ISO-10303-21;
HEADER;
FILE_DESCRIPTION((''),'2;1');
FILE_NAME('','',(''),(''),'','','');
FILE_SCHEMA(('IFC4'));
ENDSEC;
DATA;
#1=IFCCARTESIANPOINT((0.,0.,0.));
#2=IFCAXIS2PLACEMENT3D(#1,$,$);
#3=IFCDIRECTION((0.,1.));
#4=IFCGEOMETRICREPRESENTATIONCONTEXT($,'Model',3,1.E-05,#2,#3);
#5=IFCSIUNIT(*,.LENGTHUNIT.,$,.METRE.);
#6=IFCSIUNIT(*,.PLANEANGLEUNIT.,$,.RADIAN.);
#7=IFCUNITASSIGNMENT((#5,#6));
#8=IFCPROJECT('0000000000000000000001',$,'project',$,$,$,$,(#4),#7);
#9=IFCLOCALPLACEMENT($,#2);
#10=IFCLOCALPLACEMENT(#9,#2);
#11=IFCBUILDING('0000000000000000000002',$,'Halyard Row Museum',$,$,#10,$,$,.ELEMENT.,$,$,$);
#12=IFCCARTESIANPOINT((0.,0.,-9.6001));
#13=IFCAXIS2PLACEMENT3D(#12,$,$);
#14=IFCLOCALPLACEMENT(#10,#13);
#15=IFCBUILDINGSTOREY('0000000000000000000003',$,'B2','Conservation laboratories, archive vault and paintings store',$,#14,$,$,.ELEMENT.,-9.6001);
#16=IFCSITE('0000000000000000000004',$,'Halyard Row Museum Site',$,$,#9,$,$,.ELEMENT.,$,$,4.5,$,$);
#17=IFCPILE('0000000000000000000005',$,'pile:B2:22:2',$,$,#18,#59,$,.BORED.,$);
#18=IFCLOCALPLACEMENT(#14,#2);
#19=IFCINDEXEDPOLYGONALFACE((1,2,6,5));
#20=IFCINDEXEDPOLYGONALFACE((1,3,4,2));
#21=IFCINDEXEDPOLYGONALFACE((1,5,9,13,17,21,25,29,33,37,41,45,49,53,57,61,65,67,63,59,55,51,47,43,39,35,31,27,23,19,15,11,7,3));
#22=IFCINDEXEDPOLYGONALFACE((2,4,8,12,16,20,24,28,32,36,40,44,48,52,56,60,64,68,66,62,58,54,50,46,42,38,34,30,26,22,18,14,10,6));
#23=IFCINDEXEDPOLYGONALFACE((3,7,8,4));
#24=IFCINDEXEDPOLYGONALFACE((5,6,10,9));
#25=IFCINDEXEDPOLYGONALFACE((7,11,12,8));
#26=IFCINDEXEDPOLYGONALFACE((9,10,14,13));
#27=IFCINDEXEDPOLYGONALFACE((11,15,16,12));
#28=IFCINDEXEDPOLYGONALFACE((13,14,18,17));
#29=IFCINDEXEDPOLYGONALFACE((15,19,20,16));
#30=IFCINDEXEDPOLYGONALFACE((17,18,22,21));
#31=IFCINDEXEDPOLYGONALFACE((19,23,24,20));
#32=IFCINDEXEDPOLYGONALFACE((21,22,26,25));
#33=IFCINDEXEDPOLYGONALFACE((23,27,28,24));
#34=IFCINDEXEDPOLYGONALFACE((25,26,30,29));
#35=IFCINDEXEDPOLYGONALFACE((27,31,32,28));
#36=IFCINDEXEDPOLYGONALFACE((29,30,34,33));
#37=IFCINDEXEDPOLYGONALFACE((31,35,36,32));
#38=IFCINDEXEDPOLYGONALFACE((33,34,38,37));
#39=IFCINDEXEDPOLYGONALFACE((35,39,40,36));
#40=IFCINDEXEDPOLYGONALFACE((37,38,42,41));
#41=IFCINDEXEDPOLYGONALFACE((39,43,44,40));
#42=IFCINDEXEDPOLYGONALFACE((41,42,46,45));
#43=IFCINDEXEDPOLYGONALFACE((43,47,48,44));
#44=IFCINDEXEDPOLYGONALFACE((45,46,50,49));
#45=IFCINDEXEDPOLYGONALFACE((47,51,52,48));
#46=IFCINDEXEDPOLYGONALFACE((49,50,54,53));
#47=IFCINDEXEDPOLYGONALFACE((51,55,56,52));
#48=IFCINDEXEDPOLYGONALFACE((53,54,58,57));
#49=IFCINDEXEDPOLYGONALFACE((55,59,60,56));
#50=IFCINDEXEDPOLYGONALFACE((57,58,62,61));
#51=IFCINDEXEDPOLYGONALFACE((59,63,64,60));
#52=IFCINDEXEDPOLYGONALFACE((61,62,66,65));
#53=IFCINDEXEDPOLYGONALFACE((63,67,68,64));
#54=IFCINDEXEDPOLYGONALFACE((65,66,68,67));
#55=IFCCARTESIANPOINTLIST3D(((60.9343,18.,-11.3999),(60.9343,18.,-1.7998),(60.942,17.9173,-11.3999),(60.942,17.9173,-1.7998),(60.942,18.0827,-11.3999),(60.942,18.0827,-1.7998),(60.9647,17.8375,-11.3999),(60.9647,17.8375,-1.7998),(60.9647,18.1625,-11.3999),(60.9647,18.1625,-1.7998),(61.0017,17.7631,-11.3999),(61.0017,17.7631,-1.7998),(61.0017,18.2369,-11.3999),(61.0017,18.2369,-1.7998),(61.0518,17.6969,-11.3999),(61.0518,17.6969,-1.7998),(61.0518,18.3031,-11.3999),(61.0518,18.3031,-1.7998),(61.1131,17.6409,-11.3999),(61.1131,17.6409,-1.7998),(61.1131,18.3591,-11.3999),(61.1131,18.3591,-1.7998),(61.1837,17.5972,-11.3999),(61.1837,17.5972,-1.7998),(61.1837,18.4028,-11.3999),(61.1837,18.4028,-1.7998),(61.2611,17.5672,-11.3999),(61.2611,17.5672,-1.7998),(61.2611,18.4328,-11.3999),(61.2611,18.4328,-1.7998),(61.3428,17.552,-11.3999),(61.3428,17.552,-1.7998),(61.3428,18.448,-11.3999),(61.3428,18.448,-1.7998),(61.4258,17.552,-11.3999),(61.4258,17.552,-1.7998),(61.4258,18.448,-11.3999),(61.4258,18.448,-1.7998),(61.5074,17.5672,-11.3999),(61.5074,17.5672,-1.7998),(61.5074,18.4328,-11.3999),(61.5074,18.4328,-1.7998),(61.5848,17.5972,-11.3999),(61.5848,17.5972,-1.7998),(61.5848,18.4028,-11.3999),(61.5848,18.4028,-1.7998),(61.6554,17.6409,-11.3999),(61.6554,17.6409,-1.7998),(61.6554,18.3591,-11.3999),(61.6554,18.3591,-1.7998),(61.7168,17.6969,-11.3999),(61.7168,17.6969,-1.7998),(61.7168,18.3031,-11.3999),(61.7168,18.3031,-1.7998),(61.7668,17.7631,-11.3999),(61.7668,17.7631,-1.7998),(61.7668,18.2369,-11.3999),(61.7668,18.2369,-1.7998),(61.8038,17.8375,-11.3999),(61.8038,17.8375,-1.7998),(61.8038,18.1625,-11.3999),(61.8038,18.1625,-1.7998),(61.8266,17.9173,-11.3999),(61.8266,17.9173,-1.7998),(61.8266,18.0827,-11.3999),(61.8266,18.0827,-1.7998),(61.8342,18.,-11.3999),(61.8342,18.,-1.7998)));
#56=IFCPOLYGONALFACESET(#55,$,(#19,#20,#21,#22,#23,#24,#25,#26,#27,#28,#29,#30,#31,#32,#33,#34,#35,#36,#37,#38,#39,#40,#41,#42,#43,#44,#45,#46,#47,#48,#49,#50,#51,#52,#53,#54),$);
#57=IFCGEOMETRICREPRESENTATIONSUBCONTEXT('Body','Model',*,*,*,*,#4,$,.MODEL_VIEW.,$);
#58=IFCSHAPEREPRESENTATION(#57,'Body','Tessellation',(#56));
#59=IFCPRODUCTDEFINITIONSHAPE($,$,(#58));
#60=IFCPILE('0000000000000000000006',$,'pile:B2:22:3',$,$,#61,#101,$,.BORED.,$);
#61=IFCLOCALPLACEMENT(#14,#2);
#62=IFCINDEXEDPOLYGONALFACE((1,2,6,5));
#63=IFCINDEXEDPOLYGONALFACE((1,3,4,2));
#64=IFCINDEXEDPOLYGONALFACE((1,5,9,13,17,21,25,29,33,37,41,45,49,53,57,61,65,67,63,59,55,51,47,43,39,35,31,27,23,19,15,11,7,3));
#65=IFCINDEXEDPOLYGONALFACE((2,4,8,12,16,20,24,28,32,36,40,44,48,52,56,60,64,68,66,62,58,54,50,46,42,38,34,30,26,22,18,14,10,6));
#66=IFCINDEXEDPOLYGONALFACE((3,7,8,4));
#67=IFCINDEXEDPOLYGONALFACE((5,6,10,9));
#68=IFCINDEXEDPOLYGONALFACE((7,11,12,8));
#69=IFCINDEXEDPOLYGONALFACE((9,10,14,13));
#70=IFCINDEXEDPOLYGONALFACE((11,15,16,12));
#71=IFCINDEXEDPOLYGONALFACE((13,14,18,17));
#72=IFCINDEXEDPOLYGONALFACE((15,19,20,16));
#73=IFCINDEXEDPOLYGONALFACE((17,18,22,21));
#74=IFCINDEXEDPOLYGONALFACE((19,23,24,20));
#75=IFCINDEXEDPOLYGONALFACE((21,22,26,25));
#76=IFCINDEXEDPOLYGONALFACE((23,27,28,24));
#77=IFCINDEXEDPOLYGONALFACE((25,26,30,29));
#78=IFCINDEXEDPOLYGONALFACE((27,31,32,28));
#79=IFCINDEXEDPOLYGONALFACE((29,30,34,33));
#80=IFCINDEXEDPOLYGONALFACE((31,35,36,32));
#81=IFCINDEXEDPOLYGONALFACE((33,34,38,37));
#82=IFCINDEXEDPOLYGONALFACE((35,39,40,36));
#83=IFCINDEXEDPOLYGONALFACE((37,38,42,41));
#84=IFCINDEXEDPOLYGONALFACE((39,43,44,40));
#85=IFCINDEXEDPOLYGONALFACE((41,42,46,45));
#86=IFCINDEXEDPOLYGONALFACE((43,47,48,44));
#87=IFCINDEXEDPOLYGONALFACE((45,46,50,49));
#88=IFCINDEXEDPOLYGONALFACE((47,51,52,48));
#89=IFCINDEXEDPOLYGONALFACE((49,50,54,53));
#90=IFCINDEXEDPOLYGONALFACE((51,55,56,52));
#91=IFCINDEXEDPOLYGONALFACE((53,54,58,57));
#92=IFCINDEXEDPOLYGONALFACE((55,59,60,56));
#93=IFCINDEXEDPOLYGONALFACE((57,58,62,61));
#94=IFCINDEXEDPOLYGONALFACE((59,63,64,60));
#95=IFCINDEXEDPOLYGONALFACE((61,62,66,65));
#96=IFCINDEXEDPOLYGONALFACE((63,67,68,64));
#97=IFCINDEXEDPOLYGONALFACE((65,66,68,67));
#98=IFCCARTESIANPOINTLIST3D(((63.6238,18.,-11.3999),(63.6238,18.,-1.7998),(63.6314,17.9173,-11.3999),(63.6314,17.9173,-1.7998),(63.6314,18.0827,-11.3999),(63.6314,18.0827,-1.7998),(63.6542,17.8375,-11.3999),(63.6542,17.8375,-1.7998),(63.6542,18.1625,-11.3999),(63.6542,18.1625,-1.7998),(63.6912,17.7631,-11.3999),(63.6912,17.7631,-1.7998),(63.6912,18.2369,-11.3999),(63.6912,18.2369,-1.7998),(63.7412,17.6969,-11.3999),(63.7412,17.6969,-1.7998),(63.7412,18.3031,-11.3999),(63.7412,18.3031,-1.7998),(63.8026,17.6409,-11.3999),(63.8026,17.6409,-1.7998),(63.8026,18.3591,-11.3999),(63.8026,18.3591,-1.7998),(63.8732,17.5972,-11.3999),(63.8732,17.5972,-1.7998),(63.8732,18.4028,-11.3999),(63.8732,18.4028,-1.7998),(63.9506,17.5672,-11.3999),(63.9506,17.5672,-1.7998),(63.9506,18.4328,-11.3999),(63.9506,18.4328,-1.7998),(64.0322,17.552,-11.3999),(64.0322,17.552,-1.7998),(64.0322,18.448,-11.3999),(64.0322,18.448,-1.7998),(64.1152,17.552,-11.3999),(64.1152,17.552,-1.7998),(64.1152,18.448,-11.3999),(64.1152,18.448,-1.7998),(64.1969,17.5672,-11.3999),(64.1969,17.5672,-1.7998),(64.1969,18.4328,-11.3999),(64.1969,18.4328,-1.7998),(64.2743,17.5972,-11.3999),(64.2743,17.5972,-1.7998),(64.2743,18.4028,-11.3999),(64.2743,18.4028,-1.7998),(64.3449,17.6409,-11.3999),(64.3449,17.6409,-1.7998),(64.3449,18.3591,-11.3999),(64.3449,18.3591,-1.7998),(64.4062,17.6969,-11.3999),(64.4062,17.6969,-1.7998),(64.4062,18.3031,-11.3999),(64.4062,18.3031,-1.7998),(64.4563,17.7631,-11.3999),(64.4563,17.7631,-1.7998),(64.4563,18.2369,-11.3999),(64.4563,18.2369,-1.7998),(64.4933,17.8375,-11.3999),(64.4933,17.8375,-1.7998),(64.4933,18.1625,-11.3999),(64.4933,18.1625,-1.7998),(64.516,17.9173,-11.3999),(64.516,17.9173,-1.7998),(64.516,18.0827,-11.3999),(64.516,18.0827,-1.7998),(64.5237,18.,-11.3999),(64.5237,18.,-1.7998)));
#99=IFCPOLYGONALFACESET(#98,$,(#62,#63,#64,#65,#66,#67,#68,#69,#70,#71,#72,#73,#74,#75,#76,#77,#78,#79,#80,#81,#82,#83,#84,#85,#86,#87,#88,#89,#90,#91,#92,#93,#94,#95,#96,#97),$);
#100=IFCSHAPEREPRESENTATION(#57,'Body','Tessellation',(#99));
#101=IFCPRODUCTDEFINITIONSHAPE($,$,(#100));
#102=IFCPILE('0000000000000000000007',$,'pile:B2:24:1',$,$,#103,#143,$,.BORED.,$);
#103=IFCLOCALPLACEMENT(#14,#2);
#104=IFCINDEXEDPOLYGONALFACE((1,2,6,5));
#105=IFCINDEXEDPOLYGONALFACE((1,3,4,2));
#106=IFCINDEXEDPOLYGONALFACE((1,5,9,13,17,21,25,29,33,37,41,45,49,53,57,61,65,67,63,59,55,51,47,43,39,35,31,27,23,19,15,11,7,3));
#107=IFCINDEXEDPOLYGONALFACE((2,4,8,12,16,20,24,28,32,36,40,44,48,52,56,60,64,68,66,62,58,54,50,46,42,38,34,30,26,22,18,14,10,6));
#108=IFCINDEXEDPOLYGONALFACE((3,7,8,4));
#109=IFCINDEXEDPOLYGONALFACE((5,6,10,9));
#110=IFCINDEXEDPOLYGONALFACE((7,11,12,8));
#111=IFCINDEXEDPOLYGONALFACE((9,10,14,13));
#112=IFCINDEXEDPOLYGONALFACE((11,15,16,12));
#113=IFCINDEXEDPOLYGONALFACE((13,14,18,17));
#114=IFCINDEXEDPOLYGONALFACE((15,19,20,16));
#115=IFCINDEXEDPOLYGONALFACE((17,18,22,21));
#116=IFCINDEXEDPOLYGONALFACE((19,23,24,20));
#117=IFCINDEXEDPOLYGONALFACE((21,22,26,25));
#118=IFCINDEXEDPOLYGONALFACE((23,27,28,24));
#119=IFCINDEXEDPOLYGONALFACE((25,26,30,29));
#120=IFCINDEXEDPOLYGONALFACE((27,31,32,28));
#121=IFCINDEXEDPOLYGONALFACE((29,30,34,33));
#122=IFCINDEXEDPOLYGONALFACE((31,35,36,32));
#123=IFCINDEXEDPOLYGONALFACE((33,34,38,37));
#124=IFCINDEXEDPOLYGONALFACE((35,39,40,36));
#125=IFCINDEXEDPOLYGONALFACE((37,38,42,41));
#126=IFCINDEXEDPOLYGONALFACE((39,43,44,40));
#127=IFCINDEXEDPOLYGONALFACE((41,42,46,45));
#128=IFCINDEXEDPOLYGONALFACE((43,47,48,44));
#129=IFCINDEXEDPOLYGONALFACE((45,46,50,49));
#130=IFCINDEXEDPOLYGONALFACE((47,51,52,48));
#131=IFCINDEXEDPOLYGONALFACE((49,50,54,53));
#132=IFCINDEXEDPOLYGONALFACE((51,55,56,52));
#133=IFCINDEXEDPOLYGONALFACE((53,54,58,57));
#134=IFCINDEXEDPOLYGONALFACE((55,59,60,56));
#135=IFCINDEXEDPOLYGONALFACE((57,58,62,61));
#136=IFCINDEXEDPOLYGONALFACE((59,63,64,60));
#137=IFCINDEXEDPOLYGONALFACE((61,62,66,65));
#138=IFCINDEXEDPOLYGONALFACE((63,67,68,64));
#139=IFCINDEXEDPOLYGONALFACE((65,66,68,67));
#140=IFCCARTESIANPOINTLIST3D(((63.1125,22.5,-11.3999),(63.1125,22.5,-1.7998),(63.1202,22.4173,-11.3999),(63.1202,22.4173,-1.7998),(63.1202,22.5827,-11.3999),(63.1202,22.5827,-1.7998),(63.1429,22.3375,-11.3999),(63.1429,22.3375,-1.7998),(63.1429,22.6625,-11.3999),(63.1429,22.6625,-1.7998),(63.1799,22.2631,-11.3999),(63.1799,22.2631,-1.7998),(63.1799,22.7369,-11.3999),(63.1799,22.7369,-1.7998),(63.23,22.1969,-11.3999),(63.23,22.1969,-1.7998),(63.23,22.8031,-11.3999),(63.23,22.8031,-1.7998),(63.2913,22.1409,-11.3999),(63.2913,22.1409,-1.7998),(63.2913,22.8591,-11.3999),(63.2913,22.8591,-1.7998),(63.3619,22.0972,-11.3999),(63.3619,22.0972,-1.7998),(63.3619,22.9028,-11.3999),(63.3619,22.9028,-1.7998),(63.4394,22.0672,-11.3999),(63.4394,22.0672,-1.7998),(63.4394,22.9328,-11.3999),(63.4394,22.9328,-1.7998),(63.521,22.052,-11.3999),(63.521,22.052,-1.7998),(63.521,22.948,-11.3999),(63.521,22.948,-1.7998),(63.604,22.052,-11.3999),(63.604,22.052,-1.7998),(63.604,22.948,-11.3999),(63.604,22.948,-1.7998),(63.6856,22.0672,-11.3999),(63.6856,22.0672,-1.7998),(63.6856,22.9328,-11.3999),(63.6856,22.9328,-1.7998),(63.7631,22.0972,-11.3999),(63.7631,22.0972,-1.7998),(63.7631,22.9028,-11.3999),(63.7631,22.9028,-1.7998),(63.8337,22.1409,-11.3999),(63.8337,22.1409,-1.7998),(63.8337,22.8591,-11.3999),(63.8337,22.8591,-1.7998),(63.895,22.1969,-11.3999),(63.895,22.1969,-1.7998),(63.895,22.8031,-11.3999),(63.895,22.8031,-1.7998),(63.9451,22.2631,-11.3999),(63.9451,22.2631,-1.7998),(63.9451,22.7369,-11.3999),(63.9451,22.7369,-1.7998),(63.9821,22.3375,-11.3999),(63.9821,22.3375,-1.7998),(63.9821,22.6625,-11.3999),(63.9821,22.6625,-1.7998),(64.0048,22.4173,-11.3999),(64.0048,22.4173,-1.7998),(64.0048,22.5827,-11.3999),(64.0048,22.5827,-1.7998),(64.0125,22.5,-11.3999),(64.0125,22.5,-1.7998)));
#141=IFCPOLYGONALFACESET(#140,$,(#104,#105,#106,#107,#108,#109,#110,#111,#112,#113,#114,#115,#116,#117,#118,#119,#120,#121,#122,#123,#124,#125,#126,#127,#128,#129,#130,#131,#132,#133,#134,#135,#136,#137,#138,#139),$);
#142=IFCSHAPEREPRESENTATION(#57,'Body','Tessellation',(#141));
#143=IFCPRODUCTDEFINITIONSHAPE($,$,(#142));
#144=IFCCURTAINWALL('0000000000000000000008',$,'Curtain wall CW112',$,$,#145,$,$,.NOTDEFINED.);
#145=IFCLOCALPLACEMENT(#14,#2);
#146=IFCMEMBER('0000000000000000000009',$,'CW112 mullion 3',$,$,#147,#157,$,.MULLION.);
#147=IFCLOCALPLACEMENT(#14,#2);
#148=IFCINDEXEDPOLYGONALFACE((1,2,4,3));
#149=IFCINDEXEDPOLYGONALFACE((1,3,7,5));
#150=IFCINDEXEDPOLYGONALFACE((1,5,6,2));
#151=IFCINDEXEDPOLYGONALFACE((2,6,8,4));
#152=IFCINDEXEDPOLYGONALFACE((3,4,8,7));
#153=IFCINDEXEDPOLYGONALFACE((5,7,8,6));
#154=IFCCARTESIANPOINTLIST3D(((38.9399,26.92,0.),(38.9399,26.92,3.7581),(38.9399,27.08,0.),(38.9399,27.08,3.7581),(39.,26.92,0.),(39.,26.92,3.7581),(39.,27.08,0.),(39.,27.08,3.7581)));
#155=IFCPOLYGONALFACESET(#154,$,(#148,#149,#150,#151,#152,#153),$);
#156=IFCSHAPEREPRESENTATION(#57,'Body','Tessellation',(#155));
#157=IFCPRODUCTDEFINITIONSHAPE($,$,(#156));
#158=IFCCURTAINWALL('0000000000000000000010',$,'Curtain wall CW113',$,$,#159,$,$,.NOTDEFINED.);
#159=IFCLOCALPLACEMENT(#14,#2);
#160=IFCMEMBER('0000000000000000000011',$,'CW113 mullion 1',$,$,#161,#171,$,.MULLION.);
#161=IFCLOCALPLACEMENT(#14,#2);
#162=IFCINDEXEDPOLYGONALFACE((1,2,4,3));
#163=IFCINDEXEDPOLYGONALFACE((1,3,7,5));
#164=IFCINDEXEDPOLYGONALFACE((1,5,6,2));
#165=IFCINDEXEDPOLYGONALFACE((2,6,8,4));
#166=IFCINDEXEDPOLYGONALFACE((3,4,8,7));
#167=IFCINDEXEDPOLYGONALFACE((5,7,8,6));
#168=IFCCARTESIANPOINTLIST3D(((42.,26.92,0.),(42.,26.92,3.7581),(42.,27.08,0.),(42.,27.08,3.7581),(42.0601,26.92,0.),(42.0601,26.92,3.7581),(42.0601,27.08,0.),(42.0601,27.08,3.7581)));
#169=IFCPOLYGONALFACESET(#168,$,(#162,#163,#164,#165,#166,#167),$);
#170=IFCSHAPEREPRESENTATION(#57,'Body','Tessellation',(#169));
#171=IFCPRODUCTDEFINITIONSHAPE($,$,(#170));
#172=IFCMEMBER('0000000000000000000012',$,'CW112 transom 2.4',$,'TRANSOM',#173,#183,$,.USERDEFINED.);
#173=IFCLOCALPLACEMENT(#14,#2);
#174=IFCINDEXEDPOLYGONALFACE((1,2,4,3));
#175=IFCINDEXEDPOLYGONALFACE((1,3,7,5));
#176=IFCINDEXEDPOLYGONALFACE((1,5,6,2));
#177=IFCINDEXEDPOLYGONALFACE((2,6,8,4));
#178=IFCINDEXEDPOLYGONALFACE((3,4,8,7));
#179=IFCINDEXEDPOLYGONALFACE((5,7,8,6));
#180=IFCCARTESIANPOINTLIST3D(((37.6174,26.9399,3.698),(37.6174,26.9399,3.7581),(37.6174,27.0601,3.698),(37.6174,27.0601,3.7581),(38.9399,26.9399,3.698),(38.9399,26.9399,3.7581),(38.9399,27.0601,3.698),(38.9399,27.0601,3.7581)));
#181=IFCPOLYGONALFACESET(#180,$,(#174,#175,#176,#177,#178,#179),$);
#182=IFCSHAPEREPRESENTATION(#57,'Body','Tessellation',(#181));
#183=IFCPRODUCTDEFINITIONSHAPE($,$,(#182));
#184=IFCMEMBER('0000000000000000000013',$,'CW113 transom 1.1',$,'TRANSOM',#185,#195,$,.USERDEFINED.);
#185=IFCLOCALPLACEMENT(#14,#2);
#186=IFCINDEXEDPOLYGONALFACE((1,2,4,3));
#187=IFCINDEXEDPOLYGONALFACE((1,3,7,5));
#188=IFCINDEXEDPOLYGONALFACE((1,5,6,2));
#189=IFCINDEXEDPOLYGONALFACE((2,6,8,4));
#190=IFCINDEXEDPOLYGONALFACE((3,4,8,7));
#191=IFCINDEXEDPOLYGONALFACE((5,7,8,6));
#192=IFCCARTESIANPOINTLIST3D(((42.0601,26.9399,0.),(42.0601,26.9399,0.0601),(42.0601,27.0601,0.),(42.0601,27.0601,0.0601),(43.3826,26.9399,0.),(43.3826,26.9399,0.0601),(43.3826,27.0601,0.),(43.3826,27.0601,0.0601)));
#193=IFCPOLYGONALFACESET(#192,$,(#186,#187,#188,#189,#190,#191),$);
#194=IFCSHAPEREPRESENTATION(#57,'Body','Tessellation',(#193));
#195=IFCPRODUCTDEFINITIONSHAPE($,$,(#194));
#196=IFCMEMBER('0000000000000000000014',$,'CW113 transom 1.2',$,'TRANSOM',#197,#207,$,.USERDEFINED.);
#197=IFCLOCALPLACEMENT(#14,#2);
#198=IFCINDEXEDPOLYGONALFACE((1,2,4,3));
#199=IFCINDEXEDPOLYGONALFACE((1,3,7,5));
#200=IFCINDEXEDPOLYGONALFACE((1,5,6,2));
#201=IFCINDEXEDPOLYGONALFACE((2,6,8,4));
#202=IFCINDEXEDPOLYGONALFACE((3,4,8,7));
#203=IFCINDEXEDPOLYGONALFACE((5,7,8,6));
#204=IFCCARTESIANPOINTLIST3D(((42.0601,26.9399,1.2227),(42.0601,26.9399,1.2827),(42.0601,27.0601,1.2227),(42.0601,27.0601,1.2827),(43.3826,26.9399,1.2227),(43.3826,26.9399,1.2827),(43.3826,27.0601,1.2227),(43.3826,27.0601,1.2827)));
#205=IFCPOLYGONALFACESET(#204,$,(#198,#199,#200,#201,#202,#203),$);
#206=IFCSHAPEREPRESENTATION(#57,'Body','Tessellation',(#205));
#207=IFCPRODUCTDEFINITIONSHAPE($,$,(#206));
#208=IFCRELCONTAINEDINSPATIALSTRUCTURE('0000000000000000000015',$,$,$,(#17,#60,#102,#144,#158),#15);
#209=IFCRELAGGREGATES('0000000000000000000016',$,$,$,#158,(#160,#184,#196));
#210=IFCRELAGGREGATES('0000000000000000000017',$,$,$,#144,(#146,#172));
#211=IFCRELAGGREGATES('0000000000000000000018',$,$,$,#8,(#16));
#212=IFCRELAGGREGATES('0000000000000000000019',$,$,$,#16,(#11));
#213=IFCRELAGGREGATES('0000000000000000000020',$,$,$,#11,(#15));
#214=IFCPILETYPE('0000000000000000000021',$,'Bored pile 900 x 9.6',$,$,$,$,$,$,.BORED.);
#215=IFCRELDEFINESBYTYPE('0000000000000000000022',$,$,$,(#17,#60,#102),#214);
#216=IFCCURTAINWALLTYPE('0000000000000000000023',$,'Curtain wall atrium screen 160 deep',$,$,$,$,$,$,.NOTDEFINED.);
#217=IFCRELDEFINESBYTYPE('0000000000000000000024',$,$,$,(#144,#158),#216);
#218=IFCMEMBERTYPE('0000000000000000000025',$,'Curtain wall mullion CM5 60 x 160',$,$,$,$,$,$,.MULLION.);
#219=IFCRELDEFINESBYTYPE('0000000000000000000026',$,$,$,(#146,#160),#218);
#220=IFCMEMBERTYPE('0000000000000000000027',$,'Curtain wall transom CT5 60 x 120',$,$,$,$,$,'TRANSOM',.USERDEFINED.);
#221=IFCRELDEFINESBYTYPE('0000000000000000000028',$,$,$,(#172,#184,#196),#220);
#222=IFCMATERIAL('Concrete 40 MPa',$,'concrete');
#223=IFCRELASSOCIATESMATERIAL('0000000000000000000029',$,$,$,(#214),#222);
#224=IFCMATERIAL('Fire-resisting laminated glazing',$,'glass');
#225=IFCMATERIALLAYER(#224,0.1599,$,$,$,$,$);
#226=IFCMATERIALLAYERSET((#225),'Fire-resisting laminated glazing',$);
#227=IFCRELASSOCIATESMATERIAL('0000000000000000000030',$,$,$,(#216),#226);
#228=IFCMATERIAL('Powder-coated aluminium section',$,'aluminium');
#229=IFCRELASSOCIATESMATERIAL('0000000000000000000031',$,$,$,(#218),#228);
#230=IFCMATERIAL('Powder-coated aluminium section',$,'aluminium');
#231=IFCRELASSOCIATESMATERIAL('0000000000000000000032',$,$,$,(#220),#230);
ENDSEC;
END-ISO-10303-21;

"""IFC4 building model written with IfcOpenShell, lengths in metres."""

from ifc_helpers import new_model, si_unit, direction, frame, origin, origin_2d, place, context, subcontext, project, spatial, rectangle, circle, extrude, material, layer, layer_set, material_profile, profile_set, type_object, element, aggregate, save


model = new_model("IFC4")

# Units and contexts
model_context = context("Model", 3, precision=1e-05, world=origin(), true_north=direction((0.0, 1.0)))
body_context = subcontext(model_context, "Body", "Model", "MODEL_VIEW")
ifc_project = project(units=[si_unit("LENGTHUNIT", "METRE"), si_unit("PLANEANGLEUNIT", "RADIAN")], contexts=[model_context])

# Site, building, storey
site_placement = place(None, origin())
site = spatial("IfcSite", under=ifc_project, at=site_placement, Name="Halyard Row Museum Site", CompositionType="ELEMENT", RefElevation=4.5)
building_placement = place(site_placement, origin())
building = spatial("IfcBuilding", under=site, at=building_placement, Name="Halyard Row Museum", CompositionType="ELEMENT")
storey_placement = place(building_placement, frame((0.0, 0.0, -9.6001)))
storey = spatial("IfcBuildingStorey", under=building, at=storey_placement, Name="B2", Description="Conservation laboratories, archive vault and paintings store", CompositionType="ELEMENT", Elevation=-9.6001)

# Piles
ifc_material_1 = material(Name="Concrete 40 MPa", Category="concrete")
ifc_material_profile_1 = material_profile(ifc_material_1, circle(Radius=0.45, at=origin_2d()), Name="Bored pile 900 x 9.6")
ifc_profile_set_1 = profile_set([ifc_material_profile_1], Name="Concrete 40 MPa")
pile_type_1 = type_object("IfcPileType", Name="Bored pile 900 x 9.6", PredefinedType="BORED", material=ifc_profile_set_1)
for number, where, z_axis, x_axis, name in (
    (1, (61.3843, 18.0, -1.7998), (0.0, 0.0, -1.0), (1.0, 0.0, 0.0), "pile:B2:22:2"),
    (2, (64.0737, 18.0, -1.7998), (0.0, 0.0, -1.0), (1.0, 0.0, 0.0), "pile:B2:22:3"),
    (3, (63.5625, 22.5, -1.7998), (0.0, 0.0, -1.0), (1.0, 0.0, 0.0), "pile:B2:24:1"),
):
    element("IfcPile", number, at=place(storey_placement, frame(where, z_axis=z_axis, x_axis=x_axis)), inside=storey, type_object=pile_type_1, Name=name, PredefinedType="BORED", context=body_context, shape_type="SweptSolid", body=[
        extrude(circle(Radius=0.45, at=origin_2d()), origin(), (0.0, 0.0, 1.0), 9.6001),
    ])

# Curtain walls, members
ifc_material_2 = material(Name="Fire-resisting laminated glazing", Category="glass")
ifc_layer_1 = layer(ifc_material_2, 0.1599)
ifc_layer_set_1 = layer_set([ifc_layer_1], Name="Fire-resisting laminated glazing")
curtain_wall_type = type_object("IfcCurtainWallType", Name="Curtain wall atrium screen 160 deep", PredefinedType="NOTDEFINED", material=ifc_layer_set_1)
curtain_wall_1_placement = place(storey_placement, origin())
curtain_wall_1 = element("IfcCurtainWall", 4, at=curtain_wall_1_placement, inside=storey, type_object=curtain_wall_type, Name="Curtain wall CW112", PredefinedType="NOTDEFINED")
ifc_material_3 = material(Name="Powder-coated aluminium section", Category="aluminium")
ifc_material_profile_2 = material_profile(ifc_material_3, rectangle(XDim=0.1599, YDim=0.0601, at=origin_2d()), Name="160x60 mullion")
ifc_profile_set_2 = profile_set([ifc_material_profile_2], Name="Powder-coated aluminium section")
member_type_1 = type_object("IfcMemberType", Name="Curtain wall mullion CM5 60 x 160", PredefinedType="MULLION", material=ifc_profile_set_2)
member_1_placement = place(storey_placement, frame((38.97, 27.0, 0.0), z_axis=(0.0, 0.0, 1.0), x_axis=(0.0, 1.0, 0.0)))
member_1 = element("IfcMember", 5, at=member_1_placement, type_object=member_type_1, Name="CW112 mullion 3", PredefinedType="MULLION", context=body_context, shape_type="SweptSolid", body=[
    extrude(rectangle(XDim=0.1599, YDim=0.0601, at=origin_2d()), origin(), (0.0, 0.0, 1.0), 3.7581),
])
curtain_wall_2_placement = place(storey_placement, origin())
curtain_wall_2 = element("IfcCurtainWall", 6, at=curtain_wall_2_placement, inside=storey, type_object=curtain_wall_type, Name="Curtain wall CW113", PredefinedType="NOTDEFINED")
member_2_placement = place(storey_placement, frame((42.03, 27.0, 0.0), z_axis=(0.0, 0.0, 1.0), x_axis=(0.0, 1.0, 0.0)))
member_2 = element("IfcMember", 7, at=member_2_placement, type_object=member_type_1, Name="CW113 mullion 1", PredefinedType="MULLION", context=body_context, shape_type="SweptSolid", body=[
    extrude(rectangle(XDim=0.1599, YDim=0.0601, at=origin_2d()), origin(), (0.0, 0.0, 1.0), 3.7581),
])

# Members
ifc_material_4 = material(Name="Powder-coated aluminium section", Category="aluminium")
ifc_material_profile_3 = material_profile(ifc_material_4, rectangle(XDim=0.1201, YDim=0.0601, at=origin_2d()), Name="120x60 transom")
ifc_profile_set_3 = profile_set([ifc_material_profile_3], Name="Powder-coated aluminium section")
member_type_2 = type_object("IfcMemberType", Name="Curtain wall transom CT5 60 x 120", ElementType="TRANSOM", PredefinedType="USERDEFINED", material=ifc_profile_set_3)
member_3_placement = place(storey_placement, frame((37.6174, 27.0, 3.728), z_axis=(1.0, 0.0, 0.0), x_axis=(0.0, 1.0, 0.0)))
member_3 = element("IfcMember", 8, at=member_3_placement, type_object=member_type_2, Name="CW112 transom 2.4", ObjectType="TRANSOM", PredefinedType="USERDEFINED", context=body_context, shape_type="SweptSolid", body=[
    extrude(rectangle(XDim=0.1201, YDim=0.0601, at=origin_2d()), origin(), (0.0, 0.0, 1.0), 1.3225),
])
member_4_placement = place(storey_placement, frame((42.0601, 27.0, 0.03), z_axis=(1.0, 0.0, 0.0), x_axis=(0.0, 1.0, 0.0)))
member_4 = element("IfcMember", 9, at=member_4_placement, type_object=member_type_2, Name="CW113 transom 1.1", ObjectType="TRANSOM", PredefinedType="USERDEFINED", context=body_context, shape_type="SweptSolid", body=[
    extrude(rectangle(XDim=0.1201, YDim=0.0601, at=origin_2d()), origin(), (0.0, 0.0, 1.0), 1.3225),
])
member_5_placement = place(storey_placement, frame((42.0601, 27.0, 1.2527), z_axis=(1.0, 0.0, 0.0), x_axis=(0.0, 1.0, 0.0)))
member_5 = element("IfcMember", 10, at=member_5_placement, type_object=member_type_2, Name="CW113 transom 1.2", ObjectType="TRANSOM", PredefinedType="USERDEFINED", context=body_context, shape_type="SweptSolid", body=[
    extrude(rectangle(XDim=0.1201, YDim=0.0601, at=origin_2d()), origin(), (0.0, 0.0, 1.0), 1.3225),
])
aggregate(curtain_wall_2, [member_2, member_4, member_5])

aggregate(curtain_wall_1, [member_1, member_3])

save(model, "model.ifc")
